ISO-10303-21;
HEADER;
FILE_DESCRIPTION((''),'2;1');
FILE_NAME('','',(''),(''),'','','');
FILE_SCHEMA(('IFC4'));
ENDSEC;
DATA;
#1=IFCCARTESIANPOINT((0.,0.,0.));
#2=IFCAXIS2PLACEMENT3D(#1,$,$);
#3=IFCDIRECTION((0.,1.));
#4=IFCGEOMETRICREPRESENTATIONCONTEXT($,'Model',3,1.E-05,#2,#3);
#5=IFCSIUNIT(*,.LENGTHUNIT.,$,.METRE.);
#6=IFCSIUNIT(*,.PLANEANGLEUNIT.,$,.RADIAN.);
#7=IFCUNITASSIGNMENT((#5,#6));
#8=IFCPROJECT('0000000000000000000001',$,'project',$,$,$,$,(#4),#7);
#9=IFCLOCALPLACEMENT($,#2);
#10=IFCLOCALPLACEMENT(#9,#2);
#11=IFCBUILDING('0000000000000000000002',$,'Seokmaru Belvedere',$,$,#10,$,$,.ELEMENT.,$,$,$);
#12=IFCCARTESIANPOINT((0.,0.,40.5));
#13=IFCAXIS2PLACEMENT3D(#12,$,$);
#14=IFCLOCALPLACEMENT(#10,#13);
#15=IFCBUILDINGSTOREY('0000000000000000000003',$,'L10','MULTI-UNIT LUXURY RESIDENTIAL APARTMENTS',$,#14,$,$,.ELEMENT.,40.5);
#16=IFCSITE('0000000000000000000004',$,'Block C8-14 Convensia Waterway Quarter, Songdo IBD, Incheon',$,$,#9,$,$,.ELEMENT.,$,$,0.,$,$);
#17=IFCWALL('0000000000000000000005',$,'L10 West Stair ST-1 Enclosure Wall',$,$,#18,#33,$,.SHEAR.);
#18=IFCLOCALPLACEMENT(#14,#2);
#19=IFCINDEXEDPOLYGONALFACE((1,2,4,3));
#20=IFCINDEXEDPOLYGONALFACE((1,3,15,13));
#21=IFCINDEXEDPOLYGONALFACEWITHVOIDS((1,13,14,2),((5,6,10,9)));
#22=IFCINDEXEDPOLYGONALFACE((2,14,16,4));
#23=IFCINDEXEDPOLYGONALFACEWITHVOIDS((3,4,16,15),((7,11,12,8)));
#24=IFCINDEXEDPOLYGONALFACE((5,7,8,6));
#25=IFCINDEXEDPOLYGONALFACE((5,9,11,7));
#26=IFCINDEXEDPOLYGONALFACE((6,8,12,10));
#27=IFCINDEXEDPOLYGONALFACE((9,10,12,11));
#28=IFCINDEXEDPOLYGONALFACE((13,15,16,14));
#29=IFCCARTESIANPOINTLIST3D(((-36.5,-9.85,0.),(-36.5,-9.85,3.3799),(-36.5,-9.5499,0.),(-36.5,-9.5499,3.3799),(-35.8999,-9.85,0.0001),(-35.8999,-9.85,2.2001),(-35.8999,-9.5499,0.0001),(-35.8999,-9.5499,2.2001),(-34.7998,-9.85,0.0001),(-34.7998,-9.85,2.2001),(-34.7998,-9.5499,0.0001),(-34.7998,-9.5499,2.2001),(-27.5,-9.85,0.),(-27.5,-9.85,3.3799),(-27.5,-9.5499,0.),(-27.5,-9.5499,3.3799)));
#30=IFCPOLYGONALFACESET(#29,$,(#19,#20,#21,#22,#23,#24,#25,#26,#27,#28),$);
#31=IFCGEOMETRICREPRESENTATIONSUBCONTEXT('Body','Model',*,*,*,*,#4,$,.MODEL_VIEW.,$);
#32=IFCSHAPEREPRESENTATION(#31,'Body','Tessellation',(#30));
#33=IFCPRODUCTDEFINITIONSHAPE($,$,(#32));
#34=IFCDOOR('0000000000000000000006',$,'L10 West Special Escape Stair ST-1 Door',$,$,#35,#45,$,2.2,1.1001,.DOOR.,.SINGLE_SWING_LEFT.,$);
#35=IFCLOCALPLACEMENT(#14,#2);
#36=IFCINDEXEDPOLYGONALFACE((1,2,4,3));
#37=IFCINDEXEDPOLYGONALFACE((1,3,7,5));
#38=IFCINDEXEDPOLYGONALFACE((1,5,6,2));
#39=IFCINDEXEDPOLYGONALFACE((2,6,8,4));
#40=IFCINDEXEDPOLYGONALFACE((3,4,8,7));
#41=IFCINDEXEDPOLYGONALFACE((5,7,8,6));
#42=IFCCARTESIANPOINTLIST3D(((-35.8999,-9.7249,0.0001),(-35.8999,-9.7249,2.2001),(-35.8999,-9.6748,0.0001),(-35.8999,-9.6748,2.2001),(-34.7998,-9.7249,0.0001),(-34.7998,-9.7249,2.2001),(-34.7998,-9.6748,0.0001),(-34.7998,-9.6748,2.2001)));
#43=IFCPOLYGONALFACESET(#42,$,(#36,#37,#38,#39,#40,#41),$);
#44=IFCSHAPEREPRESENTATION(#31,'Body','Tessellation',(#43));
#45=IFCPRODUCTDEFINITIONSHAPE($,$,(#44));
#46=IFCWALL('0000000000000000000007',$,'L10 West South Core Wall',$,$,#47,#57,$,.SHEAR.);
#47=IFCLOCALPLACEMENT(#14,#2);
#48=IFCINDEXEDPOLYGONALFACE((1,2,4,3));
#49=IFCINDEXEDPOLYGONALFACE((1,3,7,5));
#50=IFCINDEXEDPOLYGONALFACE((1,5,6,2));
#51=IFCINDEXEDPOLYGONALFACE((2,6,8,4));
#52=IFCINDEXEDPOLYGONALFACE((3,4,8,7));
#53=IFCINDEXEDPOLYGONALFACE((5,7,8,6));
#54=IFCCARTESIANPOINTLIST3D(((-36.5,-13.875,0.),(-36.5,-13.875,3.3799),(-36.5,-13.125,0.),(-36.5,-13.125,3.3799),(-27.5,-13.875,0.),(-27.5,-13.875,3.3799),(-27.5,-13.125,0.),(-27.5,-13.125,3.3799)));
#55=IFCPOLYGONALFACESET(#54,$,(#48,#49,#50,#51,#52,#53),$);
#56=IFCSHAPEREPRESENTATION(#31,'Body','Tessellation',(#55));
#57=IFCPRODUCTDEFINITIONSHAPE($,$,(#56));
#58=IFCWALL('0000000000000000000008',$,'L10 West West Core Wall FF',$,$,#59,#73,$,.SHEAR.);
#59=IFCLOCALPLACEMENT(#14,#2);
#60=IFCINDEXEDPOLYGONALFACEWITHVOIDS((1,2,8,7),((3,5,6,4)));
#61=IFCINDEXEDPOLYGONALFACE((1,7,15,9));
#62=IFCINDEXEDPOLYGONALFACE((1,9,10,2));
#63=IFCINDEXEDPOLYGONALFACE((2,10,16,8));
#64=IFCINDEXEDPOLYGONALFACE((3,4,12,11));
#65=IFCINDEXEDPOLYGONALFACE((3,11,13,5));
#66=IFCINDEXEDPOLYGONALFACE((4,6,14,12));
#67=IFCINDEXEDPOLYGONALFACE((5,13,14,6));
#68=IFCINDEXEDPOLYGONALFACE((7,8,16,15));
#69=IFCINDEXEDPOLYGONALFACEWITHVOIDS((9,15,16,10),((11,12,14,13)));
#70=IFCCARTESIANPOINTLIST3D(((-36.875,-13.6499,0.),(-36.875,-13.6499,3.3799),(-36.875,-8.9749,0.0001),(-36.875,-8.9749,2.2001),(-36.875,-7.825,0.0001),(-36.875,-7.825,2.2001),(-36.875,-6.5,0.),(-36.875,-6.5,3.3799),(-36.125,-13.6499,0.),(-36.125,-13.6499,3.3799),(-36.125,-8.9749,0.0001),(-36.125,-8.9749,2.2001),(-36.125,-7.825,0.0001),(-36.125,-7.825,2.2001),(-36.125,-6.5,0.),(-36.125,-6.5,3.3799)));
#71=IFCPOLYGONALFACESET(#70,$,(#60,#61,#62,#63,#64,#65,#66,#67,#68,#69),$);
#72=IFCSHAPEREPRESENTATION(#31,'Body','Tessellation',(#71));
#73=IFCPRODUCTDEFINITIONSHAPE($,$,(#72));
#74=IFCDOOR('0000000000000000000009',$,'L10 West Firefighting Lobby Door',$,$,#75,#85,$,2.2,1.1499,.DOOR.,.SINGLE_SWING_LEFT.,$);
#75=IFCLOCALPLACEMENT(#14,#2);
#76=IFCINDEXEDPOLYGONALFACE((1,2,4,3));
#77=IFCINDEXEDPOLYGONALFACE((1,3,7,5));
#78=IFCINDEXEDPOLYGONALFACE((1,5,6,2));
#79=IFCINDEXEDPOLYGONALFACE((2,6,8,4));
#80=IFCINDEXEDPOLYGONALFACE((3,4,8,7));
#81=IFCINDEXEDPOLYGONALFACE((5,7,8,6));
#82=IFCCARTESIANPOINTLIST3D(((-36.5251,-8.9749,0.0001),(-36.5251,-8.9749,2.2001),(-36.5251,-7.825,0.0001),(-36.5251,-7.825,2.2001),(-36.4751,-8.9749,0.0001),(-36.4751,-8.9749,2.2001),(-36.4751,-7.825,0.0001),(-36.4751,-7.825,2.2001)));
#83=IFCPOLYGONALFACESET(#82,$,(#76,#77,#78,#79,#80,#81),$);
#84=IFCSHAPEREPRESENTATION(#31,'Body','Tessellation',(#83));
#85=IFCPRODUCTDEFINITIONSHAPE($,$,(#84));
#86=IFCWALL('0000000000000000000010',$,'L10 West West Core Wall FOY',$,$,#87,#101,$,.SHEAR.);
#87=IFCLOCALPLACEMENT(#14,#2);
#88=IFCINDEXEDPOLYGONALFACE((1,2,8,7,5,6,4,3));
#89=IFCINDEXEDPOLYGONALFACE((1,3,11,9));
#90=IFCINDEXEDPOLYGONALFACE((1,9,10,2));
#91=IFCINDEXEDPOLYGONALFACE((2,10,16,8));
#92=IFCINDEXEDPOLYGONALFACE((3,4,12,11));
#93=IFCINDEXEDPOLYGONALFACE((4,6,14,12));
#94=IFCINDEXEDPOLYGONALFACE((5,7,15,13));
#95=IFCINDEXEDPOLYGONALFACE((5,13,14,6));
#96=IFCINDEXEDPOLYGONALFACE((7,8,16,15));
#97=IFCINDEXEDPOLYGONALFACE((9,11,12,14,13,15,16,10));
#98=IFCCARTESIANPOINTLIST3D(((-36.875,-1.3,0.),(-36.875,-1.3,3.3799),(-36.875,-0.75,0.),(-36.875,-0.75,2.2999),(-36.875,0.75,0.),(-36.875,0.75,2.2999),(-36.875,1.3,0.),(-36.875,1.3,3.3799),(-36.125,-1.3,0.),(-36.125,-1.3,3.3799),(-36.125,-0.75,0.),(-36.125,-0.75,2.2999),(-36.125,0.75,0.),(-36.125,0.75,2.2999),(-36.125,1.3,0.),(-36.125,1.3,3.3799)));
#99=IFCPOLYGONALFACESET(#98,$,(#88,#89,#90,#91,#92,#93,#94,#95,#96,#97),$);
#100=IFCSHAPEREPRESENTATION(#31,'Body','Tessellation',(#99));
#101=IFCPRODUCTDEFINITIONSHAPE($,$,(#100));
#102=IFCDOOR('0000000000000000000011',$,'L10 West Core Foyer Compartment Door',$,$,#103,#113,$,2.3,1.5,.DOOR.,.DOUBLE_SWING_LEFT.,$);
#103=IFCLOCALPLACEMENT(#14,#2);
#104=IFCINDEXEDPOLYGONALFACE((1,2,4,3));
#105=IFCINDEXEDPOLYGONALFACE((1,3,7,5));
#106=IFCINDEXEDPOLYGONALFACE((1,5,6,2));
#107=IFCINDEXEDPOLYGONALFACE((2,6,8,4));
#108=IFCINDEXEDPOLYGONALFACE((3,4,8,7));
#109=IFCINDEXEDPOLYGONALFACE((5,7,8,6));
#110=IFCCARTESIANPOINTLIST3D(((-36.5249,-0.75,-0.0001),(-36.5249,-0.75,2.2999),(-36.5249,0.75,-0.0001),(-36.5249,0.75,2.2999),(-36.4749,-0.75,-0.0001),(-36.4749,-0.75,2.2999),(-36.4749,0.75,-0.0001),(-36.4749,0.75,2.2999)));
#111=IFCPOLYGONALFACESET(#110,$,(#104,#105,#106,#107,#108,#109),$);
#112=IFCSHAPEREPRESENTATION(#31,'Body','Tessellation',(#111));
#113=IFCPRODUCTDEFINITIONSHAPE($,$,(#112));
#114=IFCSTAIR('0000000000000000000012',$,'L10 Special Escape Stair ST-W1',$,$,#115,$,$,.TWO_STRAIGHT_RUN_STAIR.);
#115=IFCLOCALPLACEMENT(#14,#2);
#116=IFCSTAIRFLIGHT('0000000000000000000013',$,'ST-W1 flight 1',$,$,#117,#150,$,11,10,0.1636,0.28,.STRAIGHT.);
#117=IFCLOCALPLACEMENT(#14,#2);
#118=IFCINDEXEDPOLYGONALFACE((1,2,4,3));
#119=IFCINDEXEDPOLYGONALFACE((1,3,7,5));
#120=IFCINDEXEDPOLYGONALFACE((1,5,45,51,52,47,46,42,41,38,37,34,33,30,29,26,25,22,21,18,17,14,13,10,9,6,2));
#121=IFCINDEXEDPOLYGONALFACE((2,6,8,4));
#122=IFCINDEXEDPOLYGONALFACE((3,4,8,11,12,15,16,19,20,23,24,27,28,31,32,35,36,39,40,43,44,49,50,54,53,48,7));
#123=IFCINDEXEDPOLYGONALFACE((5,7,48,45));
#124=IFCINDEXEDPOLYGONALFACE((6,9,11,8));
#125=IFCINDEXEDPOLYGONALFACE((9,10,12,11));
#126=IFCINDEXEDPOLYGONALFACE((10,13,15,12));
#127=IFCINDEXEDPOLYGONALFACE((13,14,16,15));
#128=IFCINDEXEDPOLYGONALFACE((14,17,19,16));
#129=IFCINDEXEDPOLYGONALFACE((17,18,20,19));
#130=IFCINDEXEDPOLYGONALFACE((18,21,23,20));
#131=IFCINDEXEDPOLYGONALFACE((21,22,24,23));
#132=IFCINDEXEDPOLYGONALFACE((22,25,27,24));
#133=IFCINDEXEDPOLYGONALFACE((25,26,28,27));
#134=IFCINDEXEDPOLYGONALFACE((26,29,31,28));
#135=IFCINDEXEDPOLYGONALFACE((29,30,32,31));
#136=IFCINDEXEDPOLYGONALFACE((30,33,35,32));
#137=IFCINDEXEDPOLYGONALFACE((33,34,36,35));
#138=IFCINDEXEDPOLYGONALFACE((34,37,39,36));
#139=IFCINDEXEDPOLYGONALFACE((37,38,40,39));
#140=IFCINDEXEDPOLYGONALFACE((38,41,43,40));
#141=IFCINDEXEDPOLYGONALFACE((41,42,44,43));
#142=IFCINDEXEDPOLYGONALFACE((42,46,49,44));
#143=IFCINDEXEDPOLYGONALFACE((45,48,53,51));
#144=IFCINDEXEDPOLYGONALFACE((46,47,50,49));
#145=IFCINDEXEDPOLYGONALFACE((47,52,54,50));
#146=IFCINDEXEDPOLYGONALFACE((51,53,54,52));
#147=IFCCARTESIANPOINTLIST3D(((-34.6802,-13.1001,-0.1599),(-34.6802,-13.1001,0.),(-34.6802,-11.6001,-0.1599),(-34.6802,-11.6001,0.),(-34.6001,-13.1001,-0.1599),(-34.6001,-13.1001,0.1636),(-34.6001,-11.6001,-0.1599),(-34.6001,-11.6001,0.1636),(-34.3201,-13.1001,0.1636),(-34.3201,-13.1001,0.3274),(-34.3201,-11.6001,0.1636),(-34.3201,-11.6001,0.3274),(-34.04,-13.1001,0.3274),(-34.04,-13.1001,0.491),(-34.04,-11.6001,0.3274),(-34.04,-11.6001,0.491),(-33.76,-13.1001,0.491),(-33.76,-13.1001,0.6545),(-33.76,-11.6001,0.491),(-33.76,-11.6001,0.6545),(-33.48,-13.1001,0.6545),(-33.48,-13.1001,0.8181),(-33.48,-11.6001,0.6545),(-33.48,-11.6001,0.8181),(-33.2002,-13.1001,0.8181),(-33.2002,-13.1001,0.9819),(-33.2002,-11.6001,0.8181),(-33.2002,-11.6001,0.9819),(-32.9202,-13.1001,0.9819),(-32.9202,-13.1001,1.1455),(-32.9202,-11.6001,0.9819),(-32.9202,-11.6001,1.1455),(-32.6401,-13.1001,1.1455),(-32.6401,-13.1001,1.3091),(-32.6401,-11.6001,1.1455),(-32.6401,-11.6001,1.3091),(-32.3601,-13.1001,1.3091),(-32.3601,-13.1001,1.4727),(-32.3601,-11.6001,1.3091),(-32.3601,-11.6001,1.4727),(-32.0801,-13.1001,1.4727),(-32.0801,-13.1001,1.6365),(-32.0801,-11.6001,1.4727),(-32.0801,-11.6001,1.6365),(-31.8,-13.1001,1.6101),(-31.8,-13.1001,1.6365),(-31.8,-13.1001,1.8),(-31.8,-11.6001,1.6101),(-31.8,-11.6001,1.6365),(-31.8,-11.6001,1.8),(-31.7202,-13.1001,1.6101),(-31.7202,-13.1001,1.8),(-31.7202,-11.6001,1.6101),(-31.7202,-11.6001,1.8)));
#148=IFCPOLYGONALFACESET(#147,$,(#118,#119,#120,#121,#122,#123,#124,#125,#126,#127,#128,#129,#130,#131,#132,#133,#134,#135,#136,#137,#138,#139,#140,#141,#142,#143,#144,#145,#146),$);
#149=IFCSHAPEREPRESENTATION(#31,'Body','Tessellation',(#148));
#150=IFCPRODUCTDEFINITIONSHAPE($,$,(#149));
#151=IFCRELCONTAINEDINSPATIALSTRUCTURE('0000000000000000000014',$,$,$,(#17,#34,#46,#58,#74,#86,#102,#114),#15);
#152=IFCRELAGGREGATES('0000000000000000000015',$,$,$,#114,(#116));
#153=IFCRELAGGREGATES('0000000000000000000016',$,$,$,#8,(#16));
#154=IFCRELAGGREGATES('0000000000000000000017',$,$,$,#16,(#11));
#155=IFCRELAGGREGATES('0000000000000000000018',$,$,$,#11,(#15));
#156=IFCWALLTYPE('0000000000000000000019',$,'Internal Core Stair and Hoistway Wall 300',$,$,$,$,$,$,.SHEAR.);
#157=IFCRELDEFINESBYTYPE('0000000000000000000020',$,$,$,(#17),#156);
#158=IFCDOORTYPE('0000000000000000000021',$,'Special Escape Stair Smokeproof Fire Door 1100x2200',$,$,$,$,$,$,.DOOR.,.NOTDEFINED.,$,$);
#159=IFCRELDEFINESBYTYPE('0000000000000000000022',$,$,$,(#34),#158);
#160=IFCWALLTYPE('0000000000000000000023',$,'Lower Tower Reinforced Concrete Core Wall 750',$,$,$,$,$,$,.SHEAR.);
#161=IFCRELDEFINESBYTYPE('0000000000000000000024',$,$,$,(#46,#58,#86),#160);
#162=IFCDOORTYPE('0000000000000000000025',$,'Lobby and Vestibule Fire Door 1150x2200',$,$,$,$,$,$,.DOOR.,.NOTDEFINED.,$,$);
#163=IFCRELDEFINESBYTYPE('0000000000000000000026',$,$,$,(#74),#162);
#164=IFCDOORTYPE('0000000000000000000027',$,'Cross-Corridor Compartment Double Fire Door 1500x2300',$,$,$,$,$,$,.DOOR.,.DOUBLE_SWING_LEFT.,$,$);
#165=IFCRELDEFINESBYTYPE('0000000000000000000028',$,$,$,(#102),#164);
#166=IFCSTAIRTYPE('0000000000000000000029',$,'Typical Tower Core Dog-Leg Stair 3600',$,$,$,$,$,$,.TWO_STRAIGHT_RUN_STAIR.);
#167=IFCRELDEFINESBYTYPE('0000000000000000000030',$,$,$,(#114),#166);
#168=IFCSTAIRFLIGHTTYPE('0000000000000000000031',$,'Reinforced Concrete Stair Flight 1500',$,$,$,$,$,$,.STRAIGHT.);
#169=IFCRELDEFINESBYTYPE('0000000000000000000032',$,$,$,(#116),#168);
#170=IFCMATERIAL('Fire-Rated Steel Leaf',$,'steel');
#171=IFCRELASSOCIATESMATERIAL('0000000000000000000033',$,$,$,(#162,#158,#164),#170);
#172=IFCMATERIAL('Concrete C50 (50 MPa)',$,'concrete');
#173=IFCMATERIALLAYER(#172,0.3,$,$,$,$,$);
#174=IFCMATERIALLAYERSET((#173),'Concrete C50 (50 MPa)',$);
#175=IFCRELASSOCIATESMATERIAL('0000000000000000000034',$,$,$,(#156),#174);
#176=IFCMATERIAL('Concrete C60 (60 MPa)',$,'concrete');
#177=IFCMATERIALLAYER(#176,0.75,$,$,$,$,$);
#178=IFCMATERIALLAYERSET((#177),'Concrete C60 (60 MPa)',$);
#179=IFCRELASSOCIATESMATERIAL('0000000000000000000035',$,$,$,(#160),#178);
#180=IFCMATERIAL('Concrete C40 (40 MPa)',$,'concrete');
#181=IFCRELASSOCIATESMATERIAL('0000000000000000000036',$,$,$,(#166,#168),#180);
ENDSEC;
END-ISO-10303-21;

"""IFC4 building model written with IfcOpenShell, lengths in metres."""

from ifc_helpers import new_model, si_unit, direction, frame, frame_2d, origin, place, context, subcontext, project, spatial, polyline, rectangle, outline, extrude, source, transform, mapped, material, layer, layer_set, type_object, type_shapes, element, fill, aggregate, save


model = new_model("IFC4")

# Units and contexts
model_context = context("Model", 3, precision=1e-05, world=origin(), true_north=direction((0.0, 1.0)))
body_context = subcontext(model_context, "Body", "Model", "MODEL_VIEW")
ifc_project = project(units=[si_unit("LENGTHUNIT", "METRE"), si_unit("PLANEANGLEUNIT", "RADIAN")], contexts=[model_context])

# Site, building, storey
site_placement = place(None, origin())
site = spatial("IfcSite", under=ifc_project, at=site_placement, Name="Block C8-14 Convensia Waterway Quarter, Songdo IBD, Incheon", CompositionType="ELEMENT", RefElevation=0.0)
building_placement = place(site_placement, origin())
building = spatial("IfcBuilding", under=site, at=building_placement, Name="Seokmaru Belvedere", CompositionType="ELEMENT")
storey_placement = place(building_placement, frame((0.0, 0.0, 40.5)))
storey = spatial("IfcBuildingStorey", under=building, at=storey_placement, Name="L10", Description="MULTI-UNIT LUXURY RESIDENTIAL APARTMENTS", CompositionType="ELEMENT", Elevation=40.5)

# Shared definitions
ifc_material_1 = material(Name="Fire-Rated Steel Leaf", Category="steel")
door_type_1 = type_object("IfcDoorType", Name="Lobby and Vestibule Fire Door 1150x2200", OperationType="NOTDEFINED", PredefinedType="DOOR", material=ifc_material_1)
shared_shape_1 = source(origin(), body_context, "Body", "SweptSolid", [
    extrude(rectangle(XDim=1.1499, YDim=2.2, at=frame_2d((0.575, 1.1001))), frame((0.0, 0.0249, 0.0), z_axis=(0.0, -1.0, 0.0), x_axis=(1.0, 0.0, 0.0)), (0.0, 0.0, 1.0), 0.05),
])
type_shapes(door_type_1, [shared_shape_1])

# Wall, opening, door
ifc_material_2 = material(Name="Concrete C50 (50 MPa)", Category="concrete")
ifc_layer_1 = layer(ifc_material_2, 0.3)
ifc_layer_set_1 = layer_set([ifc_layer_1], Name="Concrete C50 (50 MPa)")
wall_type_1 = type_object("IfcWallType", Name="Internal Core Stair and Hoistway Wall 300", PredefinedType="SHEAR", material=ifc_layer_set_1)
wall_1_placement = place(storey_placement, frame((-36.5, -9.7, 0.0), z_axis=(0.0, 0.0, 1.0), x_axis=(1.0, 0.0, 0.0)))
wall_1 = element("IfcWall", 1, at=wall_1_placement, inside=storey, type_object=wall_type_1, Name="L10 West Stair ST-1 Enclosure Wall", PredefinedType="SHEAR", context=body_context, shape_type="SweptSolid", body=[
    extrude(rectangle(XDim=9.0, YDim=0.3, at=frame_2d((4.5, 0.0))), origin(), (0.0, 0.0, 1.0), 3.3799),
])
opening_1_placement = place(wall_1_placement, frame((0.6001, 0.0, 0.0)))
opening_1 = element("IfcOpeningElement", 2, at=opening_1_placement, cuts=wall_1, PredefinedType="OPENING", context=body_context, shape_type="SweptSolid", body=[
    extrude(rectangle(XDim=1.1001, YDim=2.2, at=frame_2d((0.55, 1.1001))), frame((0.0, 0.1602, 0.0), z_axis=(0.0, -1.0, 0.0), x_axis=(1.0, 0.0, 0.0)), (0.0, 0.0, 1.0), 0.3201),
])
door_type_2 = type_object("IfcDoorType", Name="Special Escape Stair Smokeproof Fire Door 1100x2200", OperationType="NOTDEFINED", PredefinedType="DOOR", material=ifc_material_1)
shared_shape_2 = source(origin(), body_context, "Body", "SweptSolid", [
    extrude(rectangle(XDim=1.1001, YDim=2.2, at=frame_2d((0.55, 1.1001))), frame((0.0, 0.0249, 0.0), z_axis=(0.0, -1.0, 0.0), x_axis=(1.0, 0.0, 0.0)), (0.0, 0.0, 1.0), 0.05),
])
type_shapes(door_type_2, [shared_shape_2])
door_1_placement = place(opening_1_placement, frame((1.1001, 0.0, 0.0), z_axis=(0.0, 0.0, 1.0), x_axis=(-1.0, 0.0, 0.0)))
door_1 = element("IfcDoor", 3, at=door_1_placement, inside=storey, type_object=door_type_2, Name="L10 West Special Escape Stair ST-1 Door", OperationType="SINGLE_SWING_LEFT", OverallHeight=2.2, OverallWidth=1.1001, PredefinedType="DOOR", context=body_context, shape_type="MappedRepresentation", body=[
    mapped(shared_shape_2, transform((0.0, 0.0, 0.0), scale=1.0)),
])
fill(opening_1, door_1)

# Wall
ifc_material_3 = material(Name="Concrete C60 (60 MPa)", Category="concrete")
ifc_layer_2 = layer(ifc_material_3, 0.75)
ifc_layer_set_2 = layer_set([ifc_layer_2], Name="Concrete C60 (60 MPa)")
wall_type_2 = type_object("IfcWallType", Name="Lower Tower Reinforced Concrete Core Wall 750", PredefinedType="SHEAR", material=ifc_layer_set_2)
wall_2_placement = place(storey_placement, frame((-36.5, -13.5, 0.0), z_axis=(0.0, 0.0, 1.0), x_axis=(1.0, 0.0, 0.0)))
element("IfcWall", 4, at=wall_2_placement, inside=storey, type_object=wall_type_2, Name="L10 West South Core Wall", PredefinedType="SHEAR", context=body_context, shape_type="SweptSolid", body=[
    extrude(rectangle(XDim=9.0, YDim=0.75, at=frame_2d((4.5, 0.0))), origin(), (0.0, 0.0, 1.0), 3.3799),
])

# Walls, openings, doors
wall_3_placement = place(storey_placement, frame((-36.5, -13.6499, 0.0), z_axis=(0.0, 0.0, 1.0), x_axis=(0.0, 1.0, 0.0)))
wall_3 = element("IfcWall", 5, at=wall_3_placement, inside=storey, type_object=wall_type_2, Name="L10 West West Core Wall FF", PredefinedType="SHEAR", context=body_context, shape_type="SweptSolid", body=[
    extrude(rectangle(XDim=7.1499, YDim=0.75, at=frame_2d((3.575, 0.0))), origin(), (0.0, 0.0, 1.0), 3.3799),
])
opening_2_placement = place(wall_3_placement, frame((4.675, 0.0, 0.0)))
opening_2 = element("IfcOpeningElement", 6, at=opening_2_placement, cuts=wall_3, PredefinedType="OPENING", context=body_context, shape_type="SweptSolid", body=[
    extrude(rectangle(XDim=1.1499, YDim=2.2, at=frame_2d((0.575, 1.1001))), frame((0.0, 0.385, 0.0), z_axis=(0.0, -1.0, 0.0), x_axis=(1.0, 0.0, 0.0)), (0.0, 0.0, 1.0), 0.77),
])
door_2_placement = place(opening_2_placement, frame((1.1499, 0.0, 0.0), z_axis=(0.0, 0.0, 1.0), x_axis=(-1.0, 0.0, 0.0)))
door_2 = element("IfcDoor", 7, at=door_2_placement, inside=storey, type_object=door_type_1, Name="L10 West Firefighting Lobby Door", OperationType="SINGLE_SWING_LEFT", OverallHeight=2.2, OverallWidth=1.1499, PredefinedType="DOOR", context=body_context, shape_type="MappedRepresentation", body=[
    mapped(shared_shape_1, transform((0.0, 0.0, 0.0), scale=1.0)),
])
fill(opening_2, door_2)
wall_4_placement = place(storey_placement, frame((-36.5, -1.3, 0.0), z_axis=(0.0, 0.0, 1.0), x_axis=(0.0, 1.0, 0.0)))
wall_4 = element("IfcWall", 8, at=wall_4_placement, inside=storey, type_object=wall_type_2, Name="L10 West West Core Wall FOY", PredefinedType="SHEAR", context=body_context, shape_type="SweptSolid", body=[
    extrude(rectangle(XDim=2.6001, YDim=0.75, at=frame_2d((1.3, 0.0))), origin(), (0.0, 0.0, 1.0), 3.3799),
])
opening_3_placement = place(wall_4_placement, frame((0.55, 0.0, 0.0)))
opening_3 = element("IfcOpeningElement", 9, at=opening_3_placement, cuts=wall_4, PredefinedType="OPENING", context=body_context, shape_type="SweptSolid", body=[
    extrude(rectangle(XDim=1.5, YDim=2.3, at=frame_2d((0.75, 1.1499))), frame((0.0, 0.385, 0.0), z_axis=(0.0, -1.0, 0.0), x_axis=(1.0, 0.0, 0.0)), (0.0, 0.0, 1.0), 0.77),
])
door_type_3 = type_object("IfcDoorType", Name="Cross-Corridor Compartment Double Fire Door 1500x2300", OperationType="DOUBLE_SWING_LEFT", PredefinedType="DOOR", material=ifc_material_1)
shared_shape_3 = source(origin(), body_context, "Body", "SweptSolid", [
    extrude(rectangle(XDim=1.5, YDim=2.3, at=frame_2d((0.75, 1.1499))), frame((0.0, 0.0249, 0.0), z_axis=(0.0, -1.0, 0.0), x_axis=(1.0, 0.0, 0.0)), (0.0, 0.0, 1.0), 0.05),
])
type_shapes(door_type_3, [shared_shape_3])
door_3_placement = place(opening_3_placement, origin())
door_3 = element("IfcDoor", 10, at=door_3_placement, inside=storey, type_object=door_type_3, Name="L10 West Core Foyer Compartment Door", OperationType="DOUBLE_SWING_LEFT", OverallHeight=2.3, OverallWidth=1.5, PredefinedType="DOOR", context=body_context, shape_type="MappedRepresentation", body=[
    mapped(shared_shape_3, transform((0.0, 0.0, 0.0), scale=1.0)),
])
fill(opening_3, door_3)

# Stair, stair flight
ifc_material_4 = material(Name="Concrete C40 (40 MPa)", Category="concrete")
stair_type = type_object("IfcStairType", Name="Typical Tower Core Dog-Leg Stair 3600", PredefinedType="TWO_STRAIGHT_RUN_STAIR", material=ifc_material_4)
stair_placement = place(storey_placement, origin())
stair = element("IfcStair", 11, at=stair_placement, inside=storey, type_object=stair_type, Name="L10 Special Escape Stair ST-W1", PredefinedType="TWO_STRAIGHT_RUN_STAIR")
stair_flight_type = type_object("IfcStairFlightType", Name="Reinforced Concrete Stair Flight 1500", PredefinedType="STRAIGHT", material=ifc_material_4)
stair_flight_1_placement = place(storey_placement, frame((-34.6001, -12.3501, 0.0), z_axis=(0.0, 0.0, 1.0), x_axis=(1.0, 0.0, 0.0)))
stair_flight_1 = element("IfcStairFlight", 12, at=stair_flight_1_placement, type_object=stair_flight_type, Name="ST-W1 flight 1", NumberOfRisers=11, NumberOfTreads=10, PredefinedType="STRAIGHT", RiserHeight=0.1636, TreadLength=0.28, context=body_context, shape_type="SweptSolid", body=[
    extrude(outline(polyline([(-0.0801, 0.0), (0.0, 0.1636), (0.28, 0.1636), (0.28, 0.3274), (0.5601, 0.3274), (0.5601, 0.491), (0.8401, 0.491), (0.8401, 0.6545), (1.1201, 0.6545), (1.1201, 0.8181), (1.3999, 0.8181), (1.3999, 0.9819), (1.6799, 0.9819), (1.6799, 1.1455), (1.96, 1.1455), (1.96, 1.3091), (2.24, 1.3091), (2.24, 1.4727), (2.52, 1.4727), (2.52, 1.6365), (2.8, 1.6365), (2.8, 1.8), (2.8799, 1.8), (2.8799, 1.6101), (2.8, 1.6101), (0.0, -0.1599), (-0.0801, -0.1599), (-0.0801, 0.0)])), frame((0.0, 0.75, 0.0), z_axis=(0.0, -1.0, 0.0), x_axis=(1.0, 0.0, 0.0)), (0.0, 0.0, 1.0), 1.5),
])
aggregate(stair, [stair_flight_1])

save(model, "model.ifc")
